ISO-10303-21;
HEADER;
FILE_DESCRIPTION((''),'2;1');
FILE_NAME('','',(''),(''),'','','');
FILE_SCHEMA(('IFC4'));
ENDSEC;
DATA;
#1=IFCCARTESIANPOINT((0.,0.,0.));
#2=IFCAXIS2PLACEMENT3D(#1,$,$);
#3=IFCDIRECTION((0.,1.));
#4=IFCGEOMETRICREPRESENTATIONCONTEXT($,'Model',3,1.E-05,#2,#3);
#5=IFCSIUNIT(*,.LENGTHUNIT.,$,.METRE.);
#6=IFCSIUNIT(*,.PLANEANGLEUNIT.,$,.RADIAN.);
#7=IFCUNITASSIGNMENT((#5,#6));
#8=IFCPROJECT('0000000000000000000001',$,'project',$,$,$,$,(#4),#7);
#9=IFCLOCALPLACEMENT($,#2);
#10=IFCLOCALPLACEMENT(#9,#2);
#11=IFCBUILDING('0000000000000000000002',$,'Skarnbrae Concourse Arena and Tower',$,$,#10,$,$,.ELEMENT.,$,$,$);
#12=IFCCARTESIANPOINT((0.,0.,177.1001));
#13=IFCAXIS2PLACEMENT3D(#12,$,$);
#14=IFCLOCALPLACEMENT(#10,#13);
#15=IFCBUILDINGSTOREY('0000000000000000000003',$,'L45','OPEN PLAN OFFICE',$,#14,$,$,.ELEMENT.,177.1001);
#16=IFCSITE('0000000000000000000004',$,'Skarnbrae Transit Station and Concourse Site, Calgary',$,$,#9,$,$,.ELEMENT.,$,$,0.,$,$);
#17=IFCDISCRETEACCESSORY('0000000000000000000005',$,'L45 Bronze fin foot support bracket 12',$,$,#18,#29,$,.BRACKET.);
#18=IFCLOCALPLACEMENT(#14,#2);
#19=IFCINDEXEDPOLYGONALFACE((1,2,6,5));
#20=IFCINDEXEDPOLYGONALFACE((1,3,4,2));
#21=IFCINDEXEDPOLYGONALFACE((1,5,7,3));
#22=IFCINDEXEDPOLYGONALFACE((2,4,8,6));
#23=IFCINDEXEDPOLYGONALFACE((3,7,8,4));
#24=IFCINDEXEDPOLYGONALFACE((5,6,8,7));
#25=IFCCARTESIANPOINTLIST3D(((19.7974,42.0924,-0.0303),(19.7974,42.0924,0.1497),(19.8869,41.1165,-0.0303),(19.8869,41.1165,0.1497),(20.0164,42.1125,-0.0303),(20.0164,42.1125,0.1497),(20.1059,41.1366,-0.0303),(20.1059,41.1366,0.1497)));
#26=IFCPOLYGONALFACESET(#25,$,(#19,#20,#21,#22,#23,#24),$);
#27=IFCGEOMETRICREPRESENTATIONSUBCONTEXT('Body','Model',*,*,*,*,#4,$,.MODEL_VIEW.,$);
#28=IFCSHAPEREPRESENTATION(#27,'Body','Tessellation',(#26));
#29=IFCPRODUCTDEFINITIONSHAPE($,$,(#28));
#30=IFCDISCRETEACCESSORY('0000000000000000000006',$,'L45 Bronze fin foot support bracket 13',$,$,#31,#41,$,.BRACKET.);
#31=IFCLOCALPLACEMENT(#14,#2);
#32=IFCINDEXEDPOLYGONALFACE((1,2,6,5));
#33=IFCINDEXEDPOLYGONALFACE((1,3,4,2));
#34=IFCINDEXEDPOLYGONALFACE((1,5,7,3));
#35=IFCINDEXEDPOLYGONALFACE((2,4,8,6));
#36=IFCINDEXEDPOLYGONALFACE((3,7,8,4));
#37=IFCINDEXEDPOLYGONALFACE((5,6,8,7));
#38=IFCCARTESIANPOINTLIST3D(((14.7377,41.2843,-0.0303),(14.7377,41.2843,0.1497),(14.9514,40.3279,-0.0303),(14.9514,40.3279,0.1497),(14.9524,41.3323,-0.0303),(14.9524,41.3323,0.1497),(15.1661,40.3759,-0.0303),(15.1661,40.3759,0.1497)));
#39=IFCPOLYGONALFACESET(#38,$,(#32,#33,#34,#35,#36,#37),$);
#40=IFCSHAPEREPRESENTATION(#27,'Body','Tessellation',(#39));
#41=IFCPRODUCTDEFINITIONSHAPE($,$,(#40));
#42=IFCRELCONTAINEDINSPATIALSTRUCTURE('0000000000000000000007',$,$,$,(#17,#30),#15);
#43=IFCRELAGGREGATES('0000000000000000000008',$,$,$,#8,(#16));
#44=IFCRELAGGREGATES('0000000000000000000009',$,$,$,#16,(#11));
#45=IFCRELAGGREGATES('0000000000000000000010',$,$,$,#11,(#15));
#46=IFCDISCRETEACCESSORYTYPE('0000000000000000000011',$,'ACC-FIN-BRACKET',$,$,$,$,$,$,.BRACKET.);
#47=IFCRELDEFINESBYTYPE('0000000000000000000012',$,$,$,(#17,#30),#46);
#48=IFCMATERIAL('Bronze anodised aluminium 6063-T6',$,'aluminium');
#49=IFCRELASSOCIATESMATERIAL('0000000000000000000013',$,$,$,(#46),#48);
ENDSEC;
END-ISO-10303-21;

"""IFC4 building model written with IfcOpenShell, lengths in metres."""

from ifc_helpers import new_model, si_unit, direction, frame, origin, origin_2d, place, context, subcontext, project, spatial, rectangle, extrude, source, transform, mapped, material, type_object, element, save


model = new_model("IFC4")

# Units and contexts
model_context = context("Model", 3, precision=1e-05, world=origin(), true_north=direction((0.0, 1.0)))
body_context = subcontext(model_context, "Body", "Model", "MODEL_VIEW")
ifc_project = project(units=[si_unit("LENGTHUNIT", "METRE"), si_unit("PLANEANGLEUNIT", "RADIAN")], contexts=[model_context])

# Site, building, storey
site_placement = place(None, origin())
site = spatial("IfcSite", under=ifc_project, at=site_placement, Name="Skarnbrae Transit Station and Concourse Site, Calgary", CompositionType="ELEMENT", RefElevation=0.0)
building_placement = place(site_placement, origin())
building = spatial("IfcBuilding", under=site, at=building_placement, Name="Skarnbrae Concourse Arena and Tower", CompositionType="ELEMENT")
storey_placement = place(building_placement, frame((0.0, 0.0, 177.1001)))
storey = spatial("IfcBuildingStorey", under=building, at=storey_placement, Name="L45", Description="OPEN PLAN OFFICE", CompositionType="ELEMENT", Elevation=177.1001)

# Shared definitions
ifc_material_1 = material(Name="Bronze anodised aluminium 6063-T6", Category="aluminium")

# Discrete accessories
discrete_accessory_type = type_object("IfcDiscreteAccessoryType", Name="ACC-FIN-BRACKET", PredefinedType="BRACKET", material=ifc_material_1)
shared_shape_1 = source(origin(), body_context, "Body", "SweptSolid", [
    extrude(rectangle(XDim=0.22, YDim=0.98, at=origin_2d()), origin(), (0.0, 0.0, 1.0), 0.1799),
])
for number, where, z_axis, x_axis, name in (
    (1, (19.9517, 41.6145, -0.0303), (0.0, 0.0, 1.0), (0.995819, 0.091345, 0.0), "L45 Bronze fin foot support bracket 12"),
    (2, (14.9519, 40.8301, -0.0303), (0.0, 0.0, 1.0), (0.975936, 0.218058, 0.0), "L45 Bronze fin foot support bracket 13"),
):
    element("IfcDiscreteAccessory", number, at=place(storey_placement, frame(where, z_axis=z_axis, x_axis=x_axis)), inside=storey, type_object=discrete_accessory_type, Name=name, PredefinedType="BRACKET", context=body_context, shape_type="MappedRepresentation", body=[
        mapped(shared_shape_1, transform((0.0, 0.0, 0.0))),
    ])

save(model, "model.ifc")
